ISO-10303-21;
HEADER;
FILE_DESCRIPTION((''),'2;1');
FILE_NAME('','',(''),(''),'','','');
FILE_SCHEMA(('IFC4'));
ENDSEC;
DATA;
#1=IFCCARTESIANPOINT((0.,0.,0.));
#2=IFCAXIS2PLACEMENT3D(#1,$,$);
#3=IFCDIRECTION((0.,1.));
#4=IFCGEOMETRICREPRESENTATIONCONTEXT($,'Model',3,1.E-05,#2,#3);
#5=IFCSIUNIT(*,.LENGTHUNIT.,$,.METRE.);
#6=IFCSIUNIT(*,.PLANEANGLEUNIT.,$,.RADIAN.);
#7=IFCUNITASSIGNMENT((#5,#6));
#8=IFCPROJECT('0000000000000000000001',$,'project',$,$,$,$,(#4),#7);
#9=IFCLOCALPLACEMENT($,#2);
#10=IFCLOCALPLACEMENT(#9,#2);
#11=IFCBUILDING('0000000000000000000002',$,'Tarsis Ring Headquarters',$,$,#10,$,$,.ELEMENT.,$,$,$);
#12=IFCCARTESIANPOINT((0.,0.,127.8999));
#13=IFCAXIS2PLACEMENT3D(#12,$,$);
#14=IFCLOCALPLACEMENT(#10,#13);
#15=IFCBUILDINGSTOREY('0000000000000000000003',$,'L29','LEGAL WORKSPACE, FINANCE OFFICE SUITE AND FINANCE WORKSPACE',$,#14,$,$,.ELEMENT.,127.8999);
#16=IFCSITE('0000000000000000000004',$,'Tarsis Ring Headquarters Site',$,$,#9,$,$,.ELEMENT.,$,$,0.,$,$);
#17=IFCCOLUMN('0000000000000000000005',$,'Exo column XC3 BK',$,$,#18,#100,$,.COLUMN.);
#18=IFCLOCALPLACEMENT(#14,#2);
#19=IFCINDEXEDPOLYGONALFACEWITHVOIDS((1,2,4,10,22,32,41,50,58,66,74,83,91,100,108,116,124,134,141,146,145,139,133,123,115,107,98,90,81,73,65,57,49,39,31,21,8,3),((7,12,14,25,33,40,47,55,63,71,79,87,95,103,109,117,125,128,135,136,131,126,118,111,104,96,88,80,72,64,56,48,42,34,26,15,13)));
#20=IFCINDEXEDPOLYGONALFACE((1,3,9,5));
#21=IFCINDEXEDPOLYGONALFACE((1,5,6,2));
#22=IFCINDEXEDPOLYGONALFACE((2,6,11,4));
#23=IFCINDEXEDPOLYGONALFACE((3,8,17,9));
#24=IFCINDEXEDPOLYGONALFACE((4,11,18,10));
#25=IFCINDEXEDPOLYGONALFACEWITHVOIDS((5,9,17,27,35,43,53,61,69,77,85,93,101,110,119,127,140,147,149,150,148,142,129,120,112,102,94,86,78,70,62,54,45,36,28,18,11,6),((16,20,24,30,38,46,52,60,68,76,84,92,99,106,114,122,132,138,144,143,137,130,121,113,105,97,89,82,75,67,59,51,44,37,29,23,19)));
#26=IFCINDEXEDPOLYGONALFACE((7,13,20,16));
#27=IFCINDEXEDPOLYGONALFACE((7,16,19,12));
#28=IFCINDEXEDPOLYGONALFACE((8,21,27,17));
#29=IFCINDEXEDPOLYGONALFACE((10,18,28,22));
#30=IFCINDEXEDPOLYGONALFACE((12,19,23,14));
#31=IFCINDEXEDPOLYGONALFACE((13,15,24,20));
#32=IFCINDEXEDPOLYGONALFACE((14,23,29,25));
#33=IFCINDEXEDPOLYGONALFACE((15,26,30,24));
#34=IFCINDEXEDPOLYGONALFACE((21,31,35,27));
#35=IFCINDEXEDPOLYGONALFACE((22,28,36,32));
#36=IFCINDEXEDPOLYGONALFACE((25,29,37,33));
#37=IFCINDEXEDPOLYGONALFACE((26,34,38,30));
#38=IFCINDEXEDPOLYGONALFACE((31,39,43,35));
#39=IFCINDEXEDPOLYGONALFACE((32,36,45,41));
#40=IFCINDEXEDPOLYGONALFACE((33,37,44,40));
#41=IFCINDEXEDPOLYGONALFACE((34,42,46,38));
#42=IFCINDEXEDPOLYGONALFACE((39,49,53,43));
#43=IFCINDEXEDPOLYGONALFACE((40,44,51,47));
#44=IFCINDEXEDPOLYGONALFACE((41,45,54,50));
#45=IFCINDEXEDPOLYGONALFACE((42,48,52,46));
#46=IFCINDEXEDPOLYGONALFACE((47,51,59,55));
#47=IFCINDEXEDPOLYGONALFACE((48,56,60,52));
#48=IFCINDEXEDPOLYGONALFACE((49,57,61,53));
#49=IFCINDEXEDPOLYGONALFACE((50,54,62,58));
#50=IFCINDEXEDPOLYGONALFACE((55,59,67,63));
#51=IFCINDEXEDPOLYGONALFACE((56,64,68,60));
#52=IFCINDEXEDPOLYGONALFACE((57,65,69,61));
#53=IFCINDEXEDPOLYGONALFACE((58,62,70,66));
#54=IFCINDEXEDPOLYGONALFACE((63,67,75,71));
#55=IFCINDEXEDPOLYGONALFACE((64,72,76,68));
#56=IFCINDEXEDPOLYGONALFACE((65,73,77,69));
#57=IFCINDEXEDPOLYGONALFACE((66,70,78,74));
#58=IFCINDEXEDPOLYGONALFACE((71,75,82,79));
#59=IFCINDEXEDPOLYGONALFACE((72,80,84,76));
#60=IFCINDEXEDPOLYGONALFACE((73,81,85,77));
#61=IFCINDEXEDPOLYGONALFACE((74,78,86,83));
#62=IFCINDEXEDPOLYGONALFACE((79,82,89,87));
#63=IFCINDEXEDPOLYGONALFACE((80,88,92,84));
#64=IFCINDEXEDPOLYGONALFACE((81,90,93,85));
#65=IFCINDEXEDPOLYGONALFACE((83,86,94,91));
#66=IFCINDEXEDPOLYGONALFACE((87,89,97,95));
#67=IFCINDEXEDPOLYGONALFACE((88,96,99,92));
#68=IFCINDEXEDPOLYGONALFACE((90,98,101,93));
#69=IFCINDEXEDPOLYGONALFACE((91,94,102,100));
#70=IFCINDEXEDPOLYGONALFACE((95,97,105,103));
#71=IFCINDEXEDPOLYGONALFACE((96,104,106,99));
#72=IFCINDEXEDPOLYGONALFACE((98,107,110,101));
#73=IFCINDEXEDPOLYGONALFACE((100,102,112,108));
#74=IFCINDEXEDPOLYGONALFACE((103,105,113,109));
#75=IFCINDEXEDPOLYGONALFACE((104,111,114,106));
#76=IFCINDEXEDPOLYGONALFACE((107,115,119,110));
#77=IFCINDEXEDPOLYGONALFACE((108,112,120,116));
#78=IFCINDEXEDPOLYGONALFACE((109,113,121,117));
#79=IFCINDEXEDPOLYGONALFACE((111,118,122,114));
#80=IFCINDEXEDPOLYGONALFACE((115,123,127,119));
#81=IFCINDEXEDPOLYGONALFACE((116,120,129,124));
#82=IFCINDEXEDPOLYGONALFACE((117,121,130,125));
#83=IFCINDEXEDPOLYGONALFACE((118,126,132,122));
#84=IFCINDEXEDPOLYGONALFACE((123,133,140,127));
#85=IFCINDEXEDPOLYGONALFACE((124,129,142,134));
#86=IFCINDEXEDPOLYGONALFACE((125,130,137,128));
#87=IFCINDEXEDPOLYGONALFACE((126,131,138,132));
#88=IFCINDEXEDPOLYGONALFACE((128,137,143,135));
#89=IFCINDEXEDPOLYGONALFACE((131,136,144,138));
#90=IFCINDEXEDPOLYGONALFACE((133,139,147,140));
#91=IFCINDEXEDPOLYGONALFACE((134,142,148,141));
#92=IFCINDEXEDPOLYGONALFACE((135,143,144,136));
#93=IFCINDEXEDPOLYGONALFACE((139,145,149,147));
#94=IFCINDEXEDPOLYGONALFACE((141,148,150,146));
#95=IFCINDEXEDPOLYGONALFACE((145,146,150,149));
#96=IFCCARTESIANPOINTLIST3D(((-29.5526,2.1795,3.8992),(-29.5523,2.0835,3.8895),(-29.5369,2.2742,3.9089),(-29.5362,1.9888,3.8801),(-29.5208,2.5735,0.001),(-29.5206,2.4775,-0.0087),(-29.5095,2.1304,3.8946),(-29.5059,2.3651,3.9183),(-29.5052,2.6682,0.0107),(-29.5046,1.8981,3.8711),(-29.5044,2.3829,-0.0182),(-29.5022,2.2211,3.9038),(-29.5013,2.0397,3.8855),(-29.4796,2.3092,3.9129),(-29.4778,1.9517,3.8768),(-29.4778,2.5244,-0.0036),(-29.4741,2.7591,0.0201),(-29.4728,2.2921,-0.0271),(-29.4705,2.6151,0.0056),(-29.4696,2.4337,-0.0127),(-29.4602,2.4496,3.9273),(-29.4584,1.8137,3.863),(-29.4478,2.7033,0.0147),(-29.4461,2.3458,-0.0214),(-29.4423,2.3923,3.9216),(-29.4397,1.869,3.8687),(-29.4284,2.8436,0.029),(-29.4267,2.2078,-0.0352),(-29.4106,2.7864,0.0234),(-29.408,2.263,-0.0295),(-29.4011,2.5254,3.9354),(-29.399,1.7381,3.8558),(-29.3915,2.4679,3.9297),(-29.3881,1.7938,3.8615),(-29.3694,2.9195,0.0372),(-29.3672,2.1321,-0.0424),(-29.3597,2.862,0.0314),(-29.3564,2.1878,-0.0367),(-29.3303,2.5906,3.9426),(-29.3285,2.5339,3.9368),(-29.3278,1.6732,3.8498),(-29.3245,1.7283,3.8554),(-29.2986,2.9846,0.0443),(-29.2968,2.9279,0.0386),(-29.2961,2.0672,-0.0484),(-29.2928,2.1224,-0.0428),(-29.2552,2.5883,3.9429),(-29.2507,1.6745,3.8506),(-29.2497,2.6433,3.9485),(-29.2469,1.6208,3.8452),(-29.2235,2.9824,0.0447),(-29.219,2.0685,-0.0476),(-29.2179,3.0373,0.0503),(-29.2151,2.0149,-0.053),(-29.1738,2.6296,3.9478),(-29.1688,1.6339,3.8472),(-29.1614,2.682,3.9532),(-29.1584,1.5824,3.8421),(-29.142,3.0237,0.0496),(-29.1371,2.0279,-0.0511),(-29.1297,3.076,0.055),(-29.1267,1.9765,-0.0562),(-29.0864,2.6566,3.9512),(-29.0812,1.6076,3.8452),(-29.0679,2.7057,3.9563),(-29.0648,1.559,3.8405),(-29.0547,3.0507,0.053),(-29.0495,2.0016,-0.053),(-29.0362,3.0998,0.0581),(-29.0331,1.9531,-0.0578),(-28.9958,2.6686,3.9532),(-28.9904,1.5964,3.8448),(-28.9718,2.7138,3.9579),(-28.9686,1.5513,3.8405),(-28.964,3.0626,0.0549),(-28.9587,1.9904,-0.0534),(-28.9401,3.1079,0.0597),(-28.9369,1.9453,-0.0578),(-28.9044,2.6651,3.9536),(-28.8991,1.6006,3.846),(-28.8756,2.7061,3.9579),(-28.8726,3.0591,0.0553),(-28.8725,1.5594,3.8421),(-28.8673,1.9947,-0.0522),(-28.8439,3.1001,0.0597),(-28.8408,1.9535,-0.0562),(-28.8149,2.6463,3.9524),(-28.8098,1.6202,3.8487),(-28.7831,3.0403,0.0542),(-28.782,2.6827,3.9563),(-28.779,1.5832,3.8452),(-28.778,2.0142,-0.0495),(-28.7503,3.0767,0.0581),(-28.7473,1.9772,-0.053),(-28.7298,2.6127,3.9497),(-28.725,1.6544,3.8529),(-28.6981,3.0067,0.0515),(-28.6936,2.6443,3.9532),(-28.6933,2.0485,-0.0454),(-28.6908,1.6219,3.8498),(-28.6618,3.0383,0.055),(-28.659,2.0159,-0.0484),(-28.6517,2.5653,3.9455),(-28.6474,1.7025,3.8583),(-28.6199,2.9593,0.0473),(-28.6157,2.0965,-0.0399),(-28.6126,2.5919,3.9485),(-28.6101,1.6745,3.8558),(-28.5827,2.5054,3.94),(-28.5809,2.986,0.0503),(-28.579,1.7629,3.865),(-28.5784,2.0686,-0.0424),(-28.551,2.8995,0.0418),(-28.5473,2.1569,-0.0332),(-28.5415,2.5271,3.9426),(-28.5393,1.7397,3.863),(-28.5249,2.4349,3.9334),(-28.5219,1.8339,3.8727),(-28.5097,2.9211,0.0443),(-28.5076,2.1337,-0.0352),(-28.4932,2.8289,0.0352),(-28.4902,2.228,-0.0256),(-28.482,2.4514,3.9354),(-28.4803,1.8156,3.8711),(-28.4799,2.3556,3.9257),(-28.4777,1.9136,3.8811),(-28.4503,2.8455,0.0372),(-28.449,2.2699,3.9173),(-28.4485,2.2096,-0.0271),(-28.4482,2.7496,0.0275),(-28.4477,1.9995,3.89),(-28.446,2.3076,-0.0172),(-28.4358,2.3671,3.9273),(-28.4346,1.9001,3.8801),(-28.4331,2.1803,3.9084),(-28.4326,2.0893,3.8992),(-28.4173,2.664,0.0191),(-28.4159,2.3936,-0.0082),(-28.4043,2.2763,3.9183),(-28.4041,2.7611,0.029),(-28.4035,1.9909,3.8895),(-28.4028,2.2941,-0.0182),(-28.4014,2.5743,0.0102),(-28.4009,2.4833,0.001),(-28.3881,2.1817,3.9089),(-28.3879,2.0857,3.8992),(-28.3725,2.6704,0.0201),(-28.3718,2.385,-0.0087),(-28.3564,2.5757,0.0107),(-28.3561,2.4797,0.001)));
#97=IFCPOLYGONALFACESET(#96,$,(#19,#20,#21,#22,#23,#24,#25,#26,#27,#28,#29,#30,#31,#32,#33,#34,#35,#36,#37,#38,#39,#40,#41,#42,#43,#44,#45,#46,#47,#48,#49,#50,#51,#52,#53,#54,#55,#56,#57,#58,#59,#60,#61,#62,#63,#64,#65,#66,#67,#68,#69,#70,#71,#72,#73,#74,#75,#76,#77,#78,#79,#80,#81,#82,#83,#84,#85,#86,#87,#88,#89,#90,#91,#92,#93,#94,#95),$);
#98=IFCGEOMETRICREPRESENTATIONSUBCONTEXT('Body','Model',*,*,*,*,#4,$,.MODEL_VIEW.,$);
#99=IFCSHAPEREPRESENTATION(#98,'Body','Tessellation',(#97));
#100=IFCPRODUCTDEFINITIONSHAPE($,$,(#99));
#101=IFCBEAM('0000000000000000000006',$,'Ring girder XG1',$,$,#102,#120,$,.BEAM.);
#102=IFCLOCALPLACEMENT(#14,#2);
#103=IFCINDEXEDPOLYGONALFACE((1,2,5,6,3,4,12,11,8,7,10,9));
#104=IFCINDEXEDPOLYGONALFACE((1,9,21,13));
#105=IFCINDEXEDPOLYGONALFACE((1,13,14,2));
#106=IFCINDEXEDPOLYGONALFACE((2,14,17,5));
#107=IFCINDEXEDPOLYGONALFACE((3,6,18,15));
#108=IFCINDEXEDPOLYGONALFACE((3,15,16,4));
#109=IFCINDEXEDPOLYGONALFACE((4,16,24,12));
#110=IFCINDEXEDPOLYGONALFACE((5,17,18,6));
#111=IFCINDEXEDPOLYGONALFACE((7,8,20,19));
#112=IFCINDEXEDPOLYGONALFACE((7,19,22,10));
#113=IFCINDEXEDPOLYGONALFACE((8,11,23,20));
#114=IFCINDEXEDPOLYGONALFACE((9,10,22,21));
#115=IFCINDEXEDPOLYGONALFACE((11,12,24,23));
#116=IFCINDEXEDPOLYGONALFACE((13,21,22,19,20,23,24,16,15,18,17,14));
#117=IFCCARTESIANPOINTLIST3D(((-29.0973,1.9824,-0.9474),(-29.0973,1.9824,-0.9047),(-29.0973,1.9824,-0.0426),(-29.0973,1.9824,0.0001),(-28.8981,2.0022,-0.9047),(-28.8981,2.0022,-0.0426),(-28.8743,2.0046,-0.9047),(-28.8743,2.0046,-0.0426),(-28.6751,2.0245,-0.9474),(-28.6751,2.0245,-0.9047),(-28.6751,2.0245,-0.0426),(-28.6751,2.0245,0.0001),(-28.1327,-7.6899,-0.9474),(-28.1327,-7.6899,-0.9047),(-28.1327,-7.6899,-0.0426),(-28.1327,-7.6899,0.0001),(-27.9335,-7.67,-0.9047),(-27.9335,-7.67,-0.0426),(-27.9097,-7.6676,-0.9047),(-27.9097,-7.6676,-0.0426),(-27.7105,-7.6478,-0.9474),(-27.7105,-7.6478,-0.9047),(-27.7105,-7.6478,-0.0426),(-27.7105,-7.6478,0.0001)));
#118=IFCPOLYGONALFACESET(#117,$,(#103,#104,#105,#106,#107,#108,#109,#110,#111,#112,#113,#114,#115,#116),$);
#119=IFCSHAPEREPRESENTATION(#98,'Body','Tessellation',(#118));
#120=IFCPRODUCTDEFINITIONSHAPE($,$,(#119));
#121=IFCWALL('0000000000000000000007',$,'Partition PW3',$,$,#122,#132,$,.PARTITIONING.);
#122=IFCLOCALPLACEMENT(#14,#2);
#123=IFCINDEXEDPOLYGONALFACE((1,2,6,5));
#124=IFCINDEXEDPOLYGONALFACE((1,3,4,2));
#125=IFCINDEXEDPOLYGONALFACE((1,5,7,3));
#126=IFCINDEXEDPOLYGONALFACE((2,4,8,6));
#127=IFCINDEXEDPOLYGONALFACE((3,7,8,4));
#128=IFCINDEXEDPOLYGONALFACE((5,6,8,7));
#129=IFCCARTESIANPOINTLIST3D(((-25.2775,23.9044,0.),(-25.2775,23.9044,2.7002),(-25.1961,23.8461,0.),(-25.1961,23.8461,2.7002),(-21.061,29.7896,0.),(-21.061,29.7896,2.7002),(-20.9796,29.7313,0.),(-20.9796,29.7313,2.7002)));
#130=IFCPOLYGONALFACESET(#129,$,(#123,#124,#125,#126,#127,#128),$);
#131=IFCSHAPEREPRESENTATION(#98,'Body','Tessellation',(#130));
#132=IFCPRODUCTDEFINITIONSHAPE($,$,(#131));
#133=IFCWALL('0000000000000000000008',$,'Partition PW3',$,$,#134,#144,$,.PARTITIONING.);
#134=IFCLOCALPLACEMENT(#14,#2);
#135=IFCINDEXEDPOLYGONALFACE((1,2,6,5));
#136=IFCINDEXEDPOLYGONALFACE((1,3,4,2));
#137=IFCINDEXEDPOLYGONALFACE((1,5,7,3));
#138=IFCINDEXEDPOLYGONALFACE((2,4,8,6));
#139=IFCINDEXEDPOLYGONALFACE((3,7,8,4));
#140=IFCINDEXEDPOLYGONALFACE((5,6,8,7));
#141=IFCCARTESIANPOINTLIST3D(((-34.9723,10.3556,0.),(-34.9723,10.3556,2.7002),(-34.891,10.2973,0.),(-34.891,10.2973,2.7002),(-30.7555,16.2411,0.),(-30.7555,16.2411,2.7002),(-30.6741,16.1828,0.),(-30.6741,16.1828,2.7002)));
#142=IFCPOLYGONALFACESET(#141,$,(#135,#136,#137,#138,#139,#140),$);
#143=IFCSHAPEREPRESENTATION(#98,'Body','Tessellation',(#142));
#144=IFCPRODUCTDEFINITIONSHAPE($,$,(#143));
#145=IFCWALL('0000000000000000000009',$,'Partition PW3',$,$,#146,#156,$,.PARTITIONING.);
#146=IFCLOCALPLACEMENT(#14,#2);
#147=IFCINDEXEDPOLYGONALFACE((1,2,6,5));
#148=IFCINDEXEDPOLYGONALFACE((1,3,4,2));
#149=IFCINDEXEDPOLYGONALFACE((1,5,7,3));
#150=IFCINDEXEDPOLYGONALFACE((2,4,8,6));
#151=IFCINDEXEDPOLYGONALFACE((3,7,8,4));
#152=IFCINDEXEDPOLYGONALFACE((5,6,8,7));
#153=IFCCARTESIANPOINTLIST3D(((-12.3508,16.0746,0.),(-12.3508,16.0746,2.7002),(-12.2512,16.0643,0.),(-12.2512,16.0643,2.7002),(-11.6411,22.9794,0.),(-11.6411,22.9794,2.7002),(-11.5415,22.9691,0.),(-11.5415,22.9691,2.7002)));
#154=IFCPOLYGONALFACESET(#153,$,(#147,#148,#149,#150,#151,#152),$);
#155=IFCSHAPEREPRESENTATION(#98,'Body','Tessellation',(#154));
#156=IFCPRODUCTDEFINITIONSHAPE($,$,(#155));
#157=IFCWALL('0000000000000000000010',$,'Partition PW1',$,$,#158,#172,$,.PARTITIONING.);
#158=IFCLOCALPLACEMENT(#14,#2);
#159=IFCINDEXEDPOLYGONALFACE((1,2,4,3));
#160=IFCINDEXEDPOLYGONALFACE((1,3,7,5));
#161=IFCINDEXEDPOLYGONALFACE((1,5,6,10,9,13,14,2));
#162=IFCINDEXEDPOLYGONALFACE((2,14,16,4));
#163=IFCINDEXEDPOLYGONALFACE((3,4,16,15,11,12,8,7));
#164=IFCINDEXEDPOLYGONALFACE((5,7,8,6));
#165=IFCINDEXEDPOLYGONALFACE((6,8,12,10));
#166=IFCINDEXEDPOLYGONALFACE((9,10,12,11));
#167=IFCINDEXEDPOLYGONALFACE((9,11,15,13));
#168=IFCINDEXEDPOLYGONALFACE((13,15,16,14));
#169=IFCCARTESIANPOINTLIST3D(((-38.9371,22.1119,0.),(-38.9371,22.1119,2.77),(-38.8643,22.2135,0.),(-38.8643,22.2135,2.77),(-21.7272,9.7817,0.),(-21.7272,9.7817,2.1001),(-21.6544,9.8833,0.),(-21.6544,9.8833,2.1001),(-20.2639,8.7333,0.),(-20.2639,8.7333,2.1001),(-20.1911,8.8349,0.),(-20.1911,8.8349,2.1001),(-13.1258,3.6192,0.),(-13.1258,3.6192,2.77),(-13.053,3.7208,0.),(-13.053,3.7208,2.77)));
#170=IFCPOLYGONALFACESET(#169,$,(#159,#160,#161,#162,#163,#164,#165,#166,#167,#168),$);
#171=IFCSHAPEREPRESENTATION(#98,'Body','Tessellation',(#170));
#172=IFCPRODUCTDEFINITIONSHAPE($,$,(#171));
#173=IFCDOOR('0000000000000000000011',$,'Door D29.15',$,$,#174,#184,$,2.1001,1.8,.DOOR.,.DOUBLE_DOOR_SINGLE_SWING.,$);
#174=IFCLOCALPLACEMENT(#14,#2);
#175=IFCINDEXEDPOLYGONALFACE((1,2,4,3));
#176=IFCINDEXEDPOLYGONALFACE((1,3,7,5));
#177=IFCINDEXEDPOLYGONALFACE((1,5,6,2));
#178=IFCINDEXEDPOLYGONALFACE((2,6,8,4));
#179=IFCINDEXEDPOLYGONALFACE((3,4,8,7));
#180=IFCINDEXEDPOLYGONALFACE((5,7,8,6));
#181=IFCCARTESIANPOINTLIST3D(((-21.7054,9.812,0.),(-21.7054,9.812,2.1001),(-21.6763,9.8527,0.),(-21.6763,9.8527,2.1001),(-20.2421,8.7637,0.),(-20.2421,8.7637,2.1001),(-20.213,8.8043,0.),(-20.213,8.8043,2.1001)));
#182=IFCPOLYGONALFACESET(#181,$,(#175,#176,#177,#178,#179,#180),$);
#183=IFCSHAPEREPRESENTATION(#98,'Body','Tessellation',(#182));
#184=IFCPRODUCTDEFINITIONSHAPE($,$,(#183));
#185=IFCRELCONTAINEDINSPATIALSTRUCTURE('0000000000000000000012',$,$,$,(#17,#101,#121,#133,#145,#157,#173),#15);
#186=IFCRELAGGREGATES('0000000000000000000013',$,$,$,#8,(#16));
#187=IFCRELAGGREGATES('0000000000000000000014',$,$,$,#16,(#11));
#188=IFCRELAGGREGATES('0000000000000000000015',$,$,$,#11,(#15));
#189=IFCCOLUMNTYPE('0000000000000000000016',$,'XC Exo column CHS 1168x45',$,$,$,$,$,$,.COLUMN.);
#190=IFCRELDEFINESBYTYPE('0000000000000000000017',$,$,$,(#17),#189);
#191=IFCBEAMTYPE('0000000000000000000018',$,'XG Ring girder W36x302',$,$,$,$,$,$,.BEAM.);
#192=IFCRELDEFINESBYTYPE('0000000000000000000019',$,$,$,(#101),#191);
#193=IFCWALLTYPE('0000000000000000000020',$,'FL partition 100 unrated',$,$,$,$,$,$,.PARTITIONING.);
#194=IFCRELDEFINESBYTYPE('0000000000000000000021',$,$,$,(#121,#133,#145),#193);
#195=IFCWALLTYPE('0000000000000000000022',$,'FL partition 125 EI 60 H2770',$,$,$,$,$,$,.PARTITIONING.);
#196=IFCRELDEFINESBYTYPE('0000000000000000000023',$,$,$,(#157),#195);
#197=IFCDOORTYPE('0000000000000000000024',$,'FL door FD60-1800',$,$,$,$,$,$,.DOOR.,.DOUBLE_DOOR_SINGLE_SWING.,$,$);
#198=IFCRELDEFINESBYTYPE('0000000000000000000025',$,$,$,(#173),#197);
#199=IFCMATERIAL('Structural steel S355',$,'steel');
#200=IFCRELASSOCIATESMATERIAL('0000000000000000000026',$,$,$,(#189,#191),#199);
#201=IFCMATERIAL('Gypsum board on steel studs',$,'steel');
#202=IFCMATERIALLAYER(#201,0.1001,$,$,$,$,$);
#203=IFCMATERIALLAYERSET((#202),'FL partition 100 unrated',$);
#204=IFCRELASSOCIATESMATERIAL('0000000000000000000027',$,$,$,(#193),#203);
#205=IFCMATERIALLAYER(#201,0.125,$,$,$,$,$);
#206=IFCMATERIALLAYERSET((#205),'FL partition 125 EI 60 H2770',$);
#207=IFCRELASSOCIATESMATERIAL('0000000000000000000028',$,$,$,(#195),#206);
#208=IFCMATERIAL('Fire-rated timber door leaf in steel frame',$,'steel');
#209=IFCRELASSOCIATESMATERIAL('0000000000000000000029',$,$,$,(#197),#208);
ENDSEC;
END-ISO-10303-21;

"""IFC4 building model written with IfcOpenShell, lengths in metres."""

from ifc_helpers import new_model, si_unit, direction, frame, frame_2d, origin, origin_2d, place, context, subcontext, project, spatial, rectangle, hollow_circle, i_section, extrude, material, layer, layer_set, material_profile, profile_set, type_object, element, fill, save


model = new_model("IFC4")

# Units and contexts
model_context = context("Model", 3, precision=1e-05, world=origin(), true_north=direction((0.0, 1.0)))
body_context = subcontext(model_context, "Body", "Model", "MODEL_VIEW")
ifc_project = project(units=[si_unit("LENGTHUNIT", "METRE"), si_unit("PLANEANGLEUNIT", "RADIAN")], contexts=[model_context])

# Site, building, storey
site_placement = place(None, origin())
site = spatial("IfcSite", under=ifc_project, at=site_placement, Name="Tarsis Ring Headquarters Site", CompositionType="ELEMENT", RefElevation=0.0)
building_placement = place(site_placement, origin())
building = spatial("IfcBuilding", under=site, at=building_placement, Name="Tarsis Ring Headquarters", CompositionType="ELEMENT")
storey_placement = place(building_placement, frame((0.0, 0.0, 127.8999)))
storey = spatial("IfcBuildingStorey", under=building, at=storey_placement, Name="L29", Description="LEGAL WORKSPACE, FINANCE OFFICE SUITE AND FINANCE WORKSPACE", CompositionType="ELEMENT", Elevation=127.8999)

# Column
ifc_material_1 = material(Name="Structural steel S355", Category="steel")
ifc_material_profile_1 = material_profile(ifc_material_1, hollow_circle(Radius=0.5842, WallThickness=0.0449, at=origin_2d()), Name="CHS 1168x45")
ifc_profile_set_1 = profile_set([ifc_material_profile_1], Name="Structural steel S355")
column_type = type_object("IfcColumnType", Name="XC Exo column CHS 1168x45", PredefinedType="COLUMN", material=ifc_profile_set_1)
column_placement = place(storey_placement, frame((-28.9385, 2.5266, 0.001), z_axis=(-0.0081, -0.100568, 0.994897), x_axis=(0.996772, -0.080285, 0.0)))
element("IfcColumn", 1, at=column_placement, inside=storey, type_object=column_type, Name="Exo column XC3 BK", PredefinedType="COLUMN", context=body_context, shape_type="SweptSolid", body=[
    extrude(hollow_circle(Radius=0.5842, WallThickness=0.0449, at=origin_2d()), origin(), (0.0, 0.0, 1.0), 3.9182),
])

# Beam
ifc_material_profile_2 = material_profile(ifc_material_1, i_section(OverallWidth=0.4243, OverallDepth=0.9475, WebThickness=0.0239, FlangeThickness=0.0427, at=origin_2d()), Name="W36x302")
ifc_profile_set_2 = profile_set([ifc_material_profile_2], Name="Structural steel S355")
beam_type = type_object("IfcBeamType", Name="XG Ring girder W36x302", PredefinedType="BEAM", material=ifc_profile_set_2)
beam_placement = place(storey_placement, frame((-28.8862, 2.0034, -0.4736), z_axis=(0.099238, -0.995064, 0.0), x_axis=(0.995064, 0.099238, 0.0)))
element("IfcBeam", 2, at=beam_placement, inside=storey, type_object=beam_type, Name="Ring girder XG1", PredefinedType="BEAM", context=body_context, shape_type="SweptSolid", body=[
    extrude(i_section(OverallWidth=0.4243, OverallDepth=0.9475, WebThickness=0.0239, FlangeThickness=0.0427, at=origin_2d()), origin(), (0.0, 0.0, 1.0), 9.7202),
])

# Walls
ifc_material_2 = material(Name="Gypsum board on steel studs", Category="steel")
ifc_layer_1 = layer(ifc_material_2, 0.1001)
ifc_layer_set_1 = layer_set([ifc_layer_1], Name="FL partition 100 unrated")
wall_type_1 = type_object("IfcWallType", Name="FL partition 100 unrated", PredefinedType="PARTITIONING", material=ifc_layer_set_1)
wall_1_placement = place(storey_placement, frame((-25.2368, 23.8752, 0.0), z_axis=(0.0, 0.0, 1.0), x_axis=(0.582408, 0.812896, 0.0)))
element("IfcWall", 3, at=wall_1_placement, inside=storey, type_object=wall_type_1, Name="Partition PW3", PredefinedType="PARTITIONING", context=body_context, shape_type="SweptSolid", body=[
    extrude(rectangle(XDim=7.2397, YDim=0.1001, at=frame_2d((3.6199, 0.0))), origin(), (0.0, 0.0, 1.0), 2.7002),
])
wall_2_placement = place(storey_placement, frame((-34.9316, 10.3264, 0.0), z_axis=(0.0, 0.0, 1.0), x_axis=(0.582415, 0.812892, 0.0)))
element("IfcWall", 4, at=wall_2_placement, inside=storey, type_object=wall_type_1, Name="Partition PW3", PredefinedType="PARTITIONING", context=body_context, shape_type="SweptSolid", body=[
    extrude(rectangle(XDim=7.2402, YDim=0.1001, at=frame_2d((3.6201, 0.0))), origin(), (0.0, 0.0, 1.0), 2.7002),
])
wall_3_placement = place(storey_placement, frame((-12.301, 16.0693, 0.0), z_axis=(0.0, 0.0, 1.0), x_axis=(0.102248, 0.994759, 0.0)))
element("IfcWall", 5, at=wall_3_placement, inside=storey, type_object=wall_type_1, Name="Partition PW3", PredefinedType="PARTITIONING", context=body_context, shape_type="SweptSolid", body=[
    extrude(rectangle(XDim=6.9412, YDim=0.1001, at=frame_2d((3.4707, 0.0))), origin(), (0.0, 0.0, 1.0), 2.7002),
])

# Wall, opening, door
ifc_layer_2 = layer(ifc_material_2, 0.125)
ifc_layer_set_2 = layer_set([ifc_layer_2], Name="FL partition 125 EI 60 H2770")
wall_type_2 = type_object("IfcWallType", Name="FL partition 125 EI 60 H2770", PredefinedType="PARTITIONING", material=ifc_layer_set_2)
wall_4_placement = place(storey_placement, frame((-38.9006, 22.1626, 0.0), z_axis=(0.0, 0.0, 1.0), x_axis=(0.812898, -0.582406, 0.0)))
wall_4 = element("IfcWall", 6, at=wall_4_placement, inside=storey, type_object=wall_type_2, Name="Partition PW1", PredefinedType="PARTITIONING", context=body_context, shape_type="SweptSolid", body=[
    extrude(rectangle(XDim=31.7522, YDim=0.125, at=frame_2d((15.876, 0.0))), origin(), (0.0, 0.0, 1.0), 2.77),
])
opening_1_placement = place(wall_4_placement, frame((21.1711, 0.0, 0.0)))
opening_1 = element("IfcOpeningElement", 7, at=opening_1_placement, cuts=wall_4, PredefinedType="OPENING", context=body_context, shape_type="SweptSolid", body=[
    extrude(rectangle(XDim=1.8, YDim=2.1001, at=frame_2d((0.8999, 1.05))), frame((0.0, 0.0725, 0.0), z_axis=(0.0, -1.0, 0.0), x_axis=(1.0, 0.0, 0.0)), (0.0, 0.0, 1.0), 0.145),
])
ifc_material_3 = material(Name="Fire-rated timber door leaf in steel frame", Category="steel")
door_type_1 = type_object("IfcDoorType", Name="FL door FD60-1800", OperationType="DOUBLE_DOOR_SINGLE_SWING", PredefinedType="DOOR", material=ifc_material_3)
door_1_placement = place(opening_1_placement, origin())
door_1 = element("IfcDoor", 8, at=door_1_placement, inside=storey, type_object=door_type_1, Name="Door D29.15", OperationType="DOUBLE_DOOR_SINGLE_SWING", OverallHeight=2.1001, OverallWidth=1.8, PredefinedType="DOOR", context=body_context, shape_type="SweptSolid", body=[
    extrude(rectangle(XDim=1.8, YDim=2.1001, at=frame_2d((0.8999, 1.05))), frame((0.0, 0.0249, 0.0), z_axis=(0.0, -1.0, 0.0), x_axis=(1.0, 0.0, 0.0)), (0.0, 0.0, 1.0), 0.05),
])
fill(opening_1, door_1)

save(model, "model.ifc")
